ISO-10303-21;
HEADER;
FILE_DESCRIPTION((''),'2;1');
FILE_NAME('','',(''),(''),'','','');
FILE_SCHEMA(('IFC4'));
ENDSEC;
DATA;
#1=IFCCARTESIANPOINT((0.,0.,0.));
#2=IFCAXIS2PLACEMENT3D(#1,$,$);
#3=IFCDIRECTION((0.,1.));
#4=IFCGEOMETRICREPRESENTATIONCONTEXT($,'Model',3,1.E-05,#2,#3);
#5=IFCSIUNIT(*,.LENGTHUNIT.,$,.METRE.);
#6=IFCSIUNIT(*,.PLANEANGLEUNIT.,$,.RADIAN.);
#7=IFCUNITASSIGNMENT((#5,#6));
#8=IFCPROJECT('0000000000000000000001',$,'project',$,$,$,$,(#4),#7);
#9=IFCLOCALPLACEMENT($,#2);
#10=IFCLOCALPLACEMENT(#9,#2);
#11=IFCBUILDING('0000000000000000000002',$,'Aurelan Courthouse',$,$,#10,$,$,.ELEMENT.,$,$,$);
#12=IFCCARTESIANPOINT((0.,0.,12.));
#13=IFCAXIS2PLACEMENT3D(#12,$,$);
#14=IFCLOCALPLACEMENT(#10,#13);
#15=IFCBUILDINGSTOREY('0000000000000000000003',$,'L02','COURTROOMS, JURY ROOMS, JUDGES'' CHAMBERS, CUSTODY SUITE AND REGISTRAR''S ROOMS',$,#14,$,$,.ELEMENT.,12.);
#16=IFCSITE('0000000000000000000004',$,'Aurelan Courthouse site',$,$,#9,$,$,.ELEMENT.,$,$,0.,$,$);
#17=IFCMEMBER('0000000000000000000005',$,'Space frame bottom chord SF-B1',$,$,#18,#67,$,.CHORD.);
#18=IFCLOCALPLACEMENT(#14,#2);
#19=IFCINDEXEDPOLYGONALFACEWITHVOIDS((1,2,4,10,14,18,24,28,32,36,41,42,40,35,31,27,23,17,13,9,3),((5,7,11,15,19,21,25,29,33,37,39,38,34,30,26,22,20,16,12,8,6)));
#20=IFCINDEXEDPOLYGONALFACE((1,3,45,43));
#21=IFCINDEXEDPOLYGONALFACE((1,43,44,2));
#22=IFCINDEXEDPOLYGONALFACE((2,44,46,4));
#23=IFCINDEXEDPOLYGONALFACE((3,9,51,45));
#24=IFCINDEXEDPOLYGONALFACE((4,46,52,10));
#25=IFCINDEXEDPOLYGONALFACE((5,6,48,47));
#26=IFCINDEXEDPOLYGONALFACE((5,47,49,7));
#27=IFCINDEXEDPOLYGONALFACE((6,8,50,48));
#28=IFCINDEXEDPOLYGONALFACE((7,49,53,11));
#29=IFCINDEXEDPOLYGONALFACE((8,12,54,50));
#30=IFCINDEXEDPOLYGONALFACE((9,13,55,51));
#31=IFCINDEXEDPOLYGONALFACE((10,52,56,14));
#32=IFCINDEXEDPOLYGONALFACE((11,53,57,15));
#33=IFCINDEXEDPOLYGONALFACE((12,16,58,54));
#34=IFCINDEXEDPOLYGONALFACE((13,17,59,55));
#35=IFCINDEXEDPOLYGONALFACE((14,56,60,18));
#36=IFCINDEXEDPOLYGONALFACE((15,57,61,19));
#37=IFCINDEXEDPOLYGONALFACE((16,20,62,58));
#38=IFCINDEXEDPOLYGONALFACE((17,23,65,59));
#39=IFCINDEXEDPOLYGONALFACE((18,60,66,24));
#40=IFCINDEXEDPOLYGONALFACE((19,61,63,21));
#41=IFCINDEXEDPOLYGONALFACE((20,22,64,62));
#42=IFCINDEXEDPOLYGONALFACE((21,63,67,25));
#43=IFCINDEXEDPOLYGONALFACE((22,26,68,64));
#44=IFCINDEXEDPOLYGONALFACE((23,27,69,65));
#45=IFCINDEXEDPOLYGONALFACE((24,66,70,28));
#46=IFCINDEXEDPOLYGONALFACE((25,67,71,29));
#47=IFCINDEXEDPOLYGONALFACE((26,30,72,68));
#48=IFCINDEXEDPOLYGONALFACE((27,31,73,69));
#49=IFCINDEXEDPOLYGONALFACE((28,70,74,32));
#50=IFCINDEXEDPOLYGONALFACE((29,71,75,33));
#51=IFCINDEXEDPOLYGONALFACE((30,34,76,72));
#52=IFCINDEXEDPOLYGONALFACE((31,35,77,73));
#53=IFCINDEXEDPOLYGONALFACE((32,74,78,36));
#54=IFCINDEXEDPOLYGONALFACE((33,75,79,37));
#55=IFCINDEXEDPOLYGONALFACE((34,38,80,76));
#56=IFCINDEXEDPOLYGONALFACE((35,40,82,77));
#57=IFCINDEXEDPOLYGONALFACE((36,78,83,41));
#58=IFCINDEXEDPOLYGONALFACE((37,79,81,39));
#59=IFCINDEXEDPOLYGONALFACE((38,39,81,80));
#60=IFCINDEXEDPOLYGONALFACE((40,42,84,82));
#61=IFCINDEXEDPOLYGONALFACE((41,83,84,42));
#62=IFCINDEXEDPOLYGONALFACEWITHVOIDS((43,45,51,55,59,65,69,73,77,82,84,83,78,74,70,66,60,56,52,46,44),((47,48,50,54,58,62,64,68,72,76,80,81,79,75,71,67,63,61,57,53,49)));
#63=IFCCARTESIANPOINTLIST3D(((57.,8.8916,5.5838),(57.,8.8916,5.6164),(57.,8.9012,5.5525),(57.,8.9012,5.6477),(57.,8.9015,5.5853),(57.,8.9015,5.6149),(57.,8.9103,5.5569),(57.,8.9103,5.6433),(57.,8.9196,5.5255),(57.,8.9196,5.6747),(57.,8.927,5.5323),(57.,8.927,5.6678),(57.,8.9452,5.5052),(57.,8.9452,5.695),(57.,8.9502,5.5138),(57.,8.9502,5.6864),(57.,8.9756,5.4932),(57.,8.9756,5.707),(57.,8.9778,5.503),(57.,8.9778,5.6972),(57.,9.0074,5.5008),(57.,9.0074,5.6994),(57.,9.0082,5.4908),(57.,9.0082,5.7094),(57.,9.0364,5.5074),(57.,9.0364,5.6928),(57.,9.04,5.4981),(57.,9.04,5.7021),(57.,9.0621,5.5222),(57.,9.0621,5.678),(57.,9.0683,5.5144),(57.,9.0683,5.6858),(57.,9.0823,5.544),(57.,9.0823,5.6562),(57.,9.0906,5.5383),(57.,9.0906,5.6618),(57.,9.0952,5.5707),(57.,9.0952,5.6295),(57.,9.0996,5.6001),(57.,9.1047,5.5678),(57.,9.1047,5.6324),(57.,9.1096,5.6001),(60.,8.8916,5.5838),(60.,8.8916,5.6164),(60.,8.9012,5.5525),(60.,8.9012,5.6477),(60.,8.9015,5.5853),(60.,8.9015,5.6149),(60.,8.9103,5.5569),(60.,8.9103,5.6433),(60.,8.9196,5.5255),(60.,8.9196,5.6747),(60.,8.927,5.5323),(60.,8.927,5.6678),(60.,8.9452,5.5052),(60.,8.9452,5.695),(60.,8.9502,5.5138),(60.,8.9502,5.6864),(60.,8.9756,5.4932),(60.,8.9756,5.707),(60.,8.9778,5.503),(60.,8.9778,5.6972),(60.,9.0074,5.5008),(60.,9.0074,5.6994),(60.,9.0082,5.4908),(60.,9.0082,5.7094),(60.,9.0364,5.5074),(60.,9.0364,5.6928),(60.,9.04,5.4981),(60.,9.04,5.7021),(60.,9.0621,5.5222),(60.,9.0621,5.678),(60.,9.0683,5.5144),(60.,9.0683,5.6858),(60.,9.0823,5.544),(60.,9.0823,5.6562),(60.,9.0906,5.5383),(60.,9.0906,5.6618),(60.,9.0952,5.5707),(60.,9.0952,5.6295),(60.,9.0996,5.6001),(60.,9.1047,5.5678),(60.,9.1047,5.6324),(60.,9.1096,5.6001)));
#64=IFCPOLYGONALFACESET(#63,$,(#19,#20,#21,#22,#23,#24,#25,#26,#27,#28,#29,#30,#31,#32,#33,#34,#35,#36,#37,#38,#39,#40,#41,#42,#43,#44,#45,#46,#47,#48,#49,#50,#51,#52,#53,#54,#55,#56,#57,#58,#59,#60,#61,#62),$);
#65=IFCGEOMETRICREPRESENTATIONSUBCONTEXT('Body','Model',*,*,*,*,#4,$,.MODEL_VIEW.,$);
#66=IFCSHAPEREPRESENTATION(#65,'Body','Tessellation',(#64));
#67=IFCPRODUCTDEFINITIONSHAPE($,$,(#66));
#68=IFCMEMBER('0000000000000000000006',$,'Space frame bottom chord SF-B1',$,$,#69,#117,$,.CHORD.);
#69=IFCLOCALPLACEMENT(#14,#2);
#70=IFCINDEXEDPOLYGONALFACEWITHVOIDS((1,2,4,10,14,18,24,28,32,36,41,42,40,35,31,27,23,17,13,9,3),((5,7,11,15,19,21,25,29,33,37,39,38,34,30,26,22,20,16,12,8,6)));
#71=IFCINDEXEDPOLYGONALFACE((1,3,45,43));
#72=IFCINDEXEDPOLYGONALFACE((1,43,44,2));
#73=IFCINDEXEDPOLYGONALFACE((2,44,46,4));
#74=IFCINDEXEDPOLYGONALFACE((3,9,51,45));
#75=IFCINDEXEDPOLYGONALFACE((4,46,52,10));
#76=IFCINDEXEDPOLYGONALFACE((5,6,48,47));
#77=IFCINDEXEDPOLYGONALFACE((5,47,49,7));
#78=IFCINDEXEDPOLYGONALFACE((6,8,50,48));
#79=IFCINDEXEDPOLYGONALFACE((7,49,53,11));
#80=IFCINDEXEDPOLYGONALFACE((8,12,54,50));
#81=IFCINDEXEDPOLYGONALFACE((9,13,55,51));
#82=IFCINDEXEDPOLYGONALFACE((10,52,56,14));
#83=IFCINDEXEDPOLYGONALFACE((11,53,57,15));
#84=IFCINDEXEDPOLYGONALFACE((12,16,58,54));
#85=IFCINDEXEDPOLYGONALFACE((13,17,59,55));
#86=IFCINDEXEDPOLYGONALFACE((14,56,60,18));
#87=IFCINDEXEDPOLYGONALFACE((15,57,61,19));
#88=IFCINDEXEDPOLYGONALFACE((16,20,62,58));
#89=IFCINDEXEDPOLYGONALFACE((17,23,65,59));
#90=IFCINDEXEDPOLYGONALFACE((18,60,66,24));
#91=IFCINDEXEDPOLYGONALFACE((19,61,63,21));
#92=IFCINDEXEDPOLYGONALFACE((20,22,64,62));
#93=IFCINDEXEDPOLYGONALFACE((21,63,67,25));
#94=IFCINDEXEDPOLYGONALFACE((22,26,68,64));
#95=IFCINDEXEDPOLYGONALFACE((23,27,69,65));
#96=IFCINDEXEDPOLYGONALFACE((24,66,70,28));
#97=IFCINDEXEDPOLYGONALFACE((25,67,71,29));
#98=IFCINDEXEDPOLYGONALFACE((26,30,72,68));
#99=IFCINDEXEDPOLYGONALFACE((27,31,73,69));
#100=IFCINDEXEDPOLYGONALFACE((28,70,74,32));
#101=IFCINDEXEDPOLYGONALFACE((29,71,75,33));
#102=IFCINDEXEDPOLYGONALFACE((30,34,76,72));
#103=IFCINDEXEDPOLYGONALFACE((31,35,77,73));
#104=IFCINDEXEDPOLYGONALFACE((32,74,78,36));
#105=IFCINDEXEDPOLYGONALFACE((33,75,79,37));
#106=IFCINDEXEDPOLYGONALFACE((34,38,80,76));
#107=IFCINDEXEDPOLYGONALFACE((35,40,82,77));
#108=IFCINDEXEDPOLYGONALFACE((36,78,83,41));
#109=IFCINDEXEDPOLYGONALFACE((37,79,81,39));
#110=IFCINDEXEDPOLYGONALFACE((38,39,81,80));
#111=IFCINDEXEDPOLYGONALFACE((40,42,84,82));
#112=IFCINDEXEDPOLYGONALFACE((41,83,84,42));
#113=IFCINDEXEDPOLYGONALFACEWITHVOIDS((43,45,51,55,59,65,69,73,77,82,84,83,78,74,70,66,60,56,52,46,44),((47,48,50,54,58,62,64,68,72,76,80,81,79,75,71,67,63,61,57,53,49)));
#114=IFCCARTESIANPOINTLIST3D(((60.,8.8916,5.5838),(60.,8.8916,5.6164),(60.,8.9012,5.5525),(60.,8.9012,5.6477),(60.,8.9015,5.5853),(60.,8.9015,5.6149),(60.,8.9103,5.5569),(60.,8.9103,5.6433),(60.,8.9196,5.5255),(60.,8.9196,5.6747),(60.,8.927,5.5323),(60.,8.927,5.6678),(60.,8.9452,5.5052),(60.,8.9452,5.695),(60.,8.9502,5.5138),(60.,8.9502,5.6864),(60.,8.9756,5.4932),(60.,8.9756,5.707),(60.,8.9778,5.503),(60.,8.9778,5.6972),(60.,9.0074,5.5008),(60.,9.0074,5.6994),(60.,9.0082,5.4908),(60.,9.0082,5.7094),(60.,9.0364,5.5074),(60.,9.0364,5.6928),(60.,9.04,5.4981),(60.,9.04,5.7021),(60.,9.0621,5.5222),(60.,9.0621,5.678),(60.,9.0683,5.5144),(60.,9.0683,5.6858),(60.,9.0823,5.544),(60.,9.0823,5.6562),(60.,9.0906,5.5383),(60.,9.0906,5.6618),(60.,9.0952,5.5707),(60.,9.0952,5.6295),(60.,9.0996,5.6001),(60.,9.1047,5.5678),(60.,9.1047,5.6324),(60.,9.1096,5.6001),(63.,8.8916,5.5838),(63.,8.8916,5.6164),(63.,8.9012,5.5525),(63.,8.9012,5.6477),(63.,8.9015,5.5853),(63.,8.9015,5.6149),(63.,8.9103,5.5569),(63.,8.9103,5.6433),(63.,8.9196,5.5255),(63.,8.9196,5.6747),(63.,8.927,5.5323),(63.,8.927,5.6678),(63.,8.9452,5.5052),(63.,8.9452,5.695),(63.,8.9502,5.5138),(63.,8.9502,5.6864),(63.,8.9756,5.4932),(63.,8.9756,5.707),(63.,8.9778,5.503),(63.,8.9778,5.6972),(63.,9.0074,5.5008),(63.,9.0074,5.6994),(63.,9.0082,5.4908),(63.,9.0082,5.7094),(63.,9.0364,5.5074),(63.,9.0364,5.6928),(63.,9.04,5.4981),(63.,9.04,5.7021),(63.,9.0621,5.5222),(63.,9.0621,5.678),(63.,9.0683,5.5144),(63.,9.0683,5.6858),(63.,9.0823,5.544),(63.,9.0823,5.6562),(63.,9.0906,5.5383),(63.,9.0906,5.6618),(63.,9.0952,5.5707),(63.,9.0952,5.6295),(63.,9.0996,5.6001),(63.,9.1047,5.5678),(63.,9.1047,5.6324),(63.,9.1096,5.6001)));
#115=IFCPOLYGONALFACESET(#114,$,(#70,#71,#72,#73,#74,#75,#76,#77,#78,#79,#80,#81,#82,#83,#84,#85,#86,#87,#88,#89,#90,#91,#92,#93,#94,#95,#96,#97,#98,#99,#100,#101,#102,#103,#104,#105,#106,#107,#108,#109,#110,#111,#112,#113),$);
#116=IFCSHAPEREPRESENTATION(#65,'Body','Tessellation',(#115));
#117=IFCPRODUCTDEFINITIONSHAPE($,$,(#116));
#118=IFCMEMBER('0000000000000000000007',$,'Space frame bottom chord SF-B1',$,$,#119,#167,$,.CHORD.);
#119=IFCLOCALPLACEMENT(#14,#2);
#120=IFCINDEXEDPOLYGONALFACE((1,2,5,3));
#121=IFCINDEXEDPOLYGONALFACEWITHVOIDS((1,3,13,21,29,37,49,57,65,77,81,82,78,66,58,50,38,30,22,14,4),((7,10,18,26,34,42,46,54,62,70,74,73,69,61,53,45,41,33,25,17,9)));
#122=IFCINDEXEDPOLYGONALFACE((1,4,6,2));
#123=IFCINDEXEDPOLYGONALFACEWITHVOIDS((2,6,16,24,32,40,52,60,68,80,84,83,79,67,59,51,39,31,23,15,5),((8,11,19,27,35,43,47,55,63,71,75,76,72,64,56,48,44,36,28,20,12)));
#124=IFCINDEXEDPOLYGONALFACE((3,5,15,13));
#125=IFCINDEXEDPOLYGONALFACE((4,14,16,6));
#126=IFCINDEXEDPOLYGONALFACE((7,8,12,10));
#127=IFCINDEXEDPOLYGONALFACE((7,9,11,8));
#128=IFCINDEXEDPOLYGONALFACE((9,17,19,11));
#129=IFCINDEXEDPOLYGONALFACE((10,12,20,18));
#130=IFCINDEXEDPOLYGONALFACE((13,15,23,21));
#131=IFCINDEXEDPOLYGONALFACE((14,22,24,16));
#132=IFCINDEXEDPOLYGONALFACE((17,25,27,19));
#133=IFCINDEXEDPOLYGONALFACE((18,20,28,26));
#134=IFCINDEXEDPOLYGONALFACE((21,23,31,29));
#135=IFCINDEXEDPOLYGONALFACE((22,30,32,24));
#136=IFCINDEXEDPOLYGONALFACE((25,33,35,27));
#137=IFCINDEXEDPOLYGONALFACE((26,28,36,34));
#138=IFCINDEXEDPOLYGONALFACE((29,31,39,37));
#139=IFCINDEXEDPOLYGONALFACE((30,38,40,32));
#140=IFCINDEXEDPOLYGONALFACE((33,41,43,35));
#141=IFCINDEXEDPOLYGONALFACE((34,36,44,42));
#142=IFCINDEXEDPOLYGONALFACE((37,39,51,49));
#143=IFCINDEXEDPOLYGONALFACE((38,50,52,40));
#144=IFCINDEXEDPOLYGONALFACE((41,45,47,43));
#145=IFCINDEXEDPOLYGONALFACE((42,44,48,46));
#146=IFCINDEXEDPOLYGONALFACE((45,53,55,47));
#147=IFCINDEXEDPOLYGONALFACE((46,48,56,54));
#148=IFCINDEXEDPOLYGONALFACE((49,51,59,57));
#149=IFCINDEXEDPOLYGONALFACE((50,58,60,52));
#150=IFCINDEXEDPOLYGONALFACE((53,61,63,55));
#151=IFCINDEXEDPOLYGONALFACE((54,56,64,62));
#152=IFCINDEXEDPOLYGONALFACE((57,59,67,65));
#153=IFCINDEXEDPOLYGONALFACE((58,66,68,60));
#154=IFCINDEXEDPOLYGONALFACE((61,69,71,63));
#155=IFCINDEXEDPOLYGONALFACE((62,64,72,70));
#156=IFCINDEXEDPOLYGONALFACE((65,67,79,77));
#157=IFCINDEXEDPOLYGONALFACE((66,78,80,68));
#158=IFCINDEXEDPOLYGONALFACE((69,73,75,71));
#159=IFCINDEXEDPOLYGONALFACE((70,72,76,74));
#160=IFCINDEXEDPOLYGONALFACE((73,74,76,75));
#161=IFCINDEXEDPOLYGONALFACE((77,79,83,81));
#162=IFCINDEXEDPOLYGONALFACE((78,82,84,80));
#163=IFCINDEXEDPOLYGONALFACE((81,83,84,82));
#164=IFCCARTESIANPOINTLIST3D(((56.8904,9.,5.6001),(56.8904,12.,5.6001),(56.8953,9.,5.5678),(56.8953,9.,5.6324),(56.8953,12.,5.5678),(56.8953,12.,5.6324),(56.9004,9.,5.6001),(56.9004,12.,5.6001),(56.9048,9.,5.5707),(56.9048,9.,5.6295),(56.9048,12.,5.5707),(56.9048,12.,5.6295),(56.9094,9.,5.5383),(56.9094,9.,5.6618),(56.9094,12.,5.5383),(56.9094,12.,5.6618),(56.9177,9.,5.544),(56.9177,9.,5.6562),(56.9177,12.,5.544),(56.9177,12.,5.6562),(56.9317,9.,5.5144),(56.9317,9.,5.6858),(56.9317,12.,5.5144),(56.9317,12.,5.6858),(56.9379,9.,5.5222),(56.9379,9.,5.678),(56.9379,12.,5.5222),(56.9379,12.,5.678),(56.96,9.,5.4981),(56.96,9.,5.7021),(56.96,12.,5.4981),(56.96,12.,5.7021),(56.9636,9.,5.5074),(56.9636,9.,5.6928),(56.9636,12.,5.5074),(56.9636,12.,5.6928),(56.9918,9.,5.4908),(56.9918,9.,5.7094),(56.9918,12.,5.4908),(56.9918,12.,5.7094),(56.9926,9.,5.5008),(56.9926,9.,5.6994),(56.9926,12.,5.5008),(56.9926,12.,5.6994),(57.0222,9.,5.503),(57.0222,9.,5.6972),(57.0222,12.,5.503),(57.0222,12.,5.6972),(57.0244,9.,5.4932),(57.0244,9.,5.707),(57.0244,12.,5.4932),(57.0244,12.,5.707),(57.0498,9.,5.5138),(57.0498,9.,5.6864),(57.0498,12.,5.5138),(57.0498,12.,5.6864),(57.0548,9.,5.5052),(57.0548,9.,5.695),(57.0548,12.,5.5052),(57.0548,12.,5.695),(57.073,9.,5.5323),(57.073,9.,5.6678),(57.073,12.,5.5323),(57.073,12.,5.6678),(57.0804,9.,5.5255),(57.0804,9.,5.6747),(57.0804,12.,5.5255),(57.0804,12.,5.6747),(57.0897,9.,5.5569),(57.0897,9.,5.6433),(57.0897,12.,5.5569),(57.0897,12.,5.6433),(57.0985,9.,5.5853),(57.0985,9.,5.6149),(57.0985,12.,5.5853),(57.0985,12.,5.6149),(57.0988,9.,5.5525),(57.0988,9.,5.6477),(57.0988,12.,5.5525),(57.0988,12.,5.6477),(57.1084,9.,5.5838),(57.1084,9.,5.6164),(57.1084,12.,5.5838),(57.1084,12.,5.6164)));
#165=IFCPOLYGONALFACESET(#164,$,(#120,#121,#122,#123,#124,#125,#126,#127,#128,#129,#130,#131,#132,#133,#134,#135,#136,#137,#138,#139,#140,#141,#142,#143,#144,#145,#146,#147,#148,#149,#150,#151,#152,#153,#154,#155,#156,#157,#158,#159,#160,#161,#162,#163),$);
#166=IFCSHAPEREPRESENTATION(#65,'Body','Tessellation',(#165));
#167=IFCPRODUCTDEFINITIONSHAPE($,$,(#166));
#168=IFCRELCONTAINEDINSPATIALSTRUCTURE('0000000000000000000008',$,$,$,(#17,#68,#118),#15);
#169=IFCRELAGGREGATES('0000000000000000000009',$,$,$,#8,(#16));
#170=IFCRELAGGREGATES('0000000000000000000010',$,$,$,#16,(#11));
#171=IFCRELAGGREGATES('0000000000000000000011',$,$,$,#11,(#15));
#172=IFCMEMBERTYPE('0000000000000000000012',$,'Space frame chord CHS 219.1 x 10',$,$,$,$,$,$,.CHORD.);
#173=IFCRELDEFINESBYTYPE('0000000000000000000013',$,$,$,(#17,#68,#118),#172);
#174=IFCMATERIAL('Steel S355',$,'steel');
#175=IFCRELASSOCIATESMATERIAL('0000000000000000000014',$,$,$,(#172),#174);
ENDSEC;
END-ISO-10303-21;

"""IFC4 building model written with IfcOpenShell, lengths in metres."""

from ifc_helpers import new_model, si_unit, direction, frame, origin, origin_2d, place, context, subcontext, project, spatial, hollow_circle, extrude, material, material_profile, profile_set, type_object, element, save


model = new_model("IFC4")

# Units and contexts
model_context = context("Model", 3, precision=1e-05, world=origin(), true_north=direction((0.0, 1.0)))
body_context = subcontext(model_context, "Body", "Model", "MODEL_VIEW")
ifc_project = project(units=[si_unit("LENGTHUNIT", "METRE"), si_unit("PLANEANGLEUNIT", "RADIAN")], contexts=[model_context])

# Site, building, storey
site_placement = place(None, origin())
site = spatial("IfcSite", under=ifc_project, at=site_placement, Name="Aurelan Courthouse site", CompositionType="ELEMENT", RefElevation=0.0)
building_placement = place(site_placement, origin())
building = spatial("IfcBuilding", under=site, at=building_placement, Name="Aurelan Courthouse", CompositionType="ELEMENT")
storey_placement = place(building_placement, frame((0.0, 0.0, 12.0)))
storey = spatial("IfcBuildingStorey", under=building, at=storey_placement, Name="L02", Description="COURTROOMS, JURY ROOMS, JUDGES' CHAMBERS, CUSTODY SUITE AND REGISTRAR'S ROOMS", CompositionType="ELEMENT", Elevation=12.0)

# Members
ifc_material_1 = material(Name="Steel S355", Category="steel")
ifc_material_profile_1 = material_profile(ifc_material_1, hollow_circle(Radius=0.1096, WallThickness=0.01, at=origin_2d()), Name="CHS 219.1 x 10")
ifc_profile_set_1 = profile_set([ifc_material_profile_1], Name="Steel S355")
member_type_1 = type_object("IfcMemberType", Name="Space frame chord CHS 219.1 x 10", PredefinedType="CHORD", material=ifc_profile_set_1)
for number, where, z_axis, x_axis, name in (
    (1, (57.0, 9.0, 5.6001), (1.0, 0.0, 0.0), (0.0, 1.0, 0.0), "Space frame bottom chord SF-B1"),
    (2, (60.0, 9.0, 5.6001), (1.0, 0.0, 0.0), (0.0, 1.0, 0.0), "Space frame bottom chord SF-B1"),
    (3, (57.0, 9.0, 5.6001), (0.0, 1.0, 0.0), (-1.0, 0.0, 0.0), "Space frame bottom chord SF-B1"),
):
    element("IfcMember", number, at=place(storey_placement, frame(where, z_axis=z_axis, x_axis=x_axis)), inside=storey, type_object=member_type_1, Name=name, PredefinedType="CHORD", context=body_context, shape_type="SweptSolid", body=[
        extrude(hollow_circle(Radius=0.1096, WallThickness=0.01, at=origin_2d()), origin(), (0.0, 0.0, 1.0), 3.0),
    ])

save(model, "model.ifc")
